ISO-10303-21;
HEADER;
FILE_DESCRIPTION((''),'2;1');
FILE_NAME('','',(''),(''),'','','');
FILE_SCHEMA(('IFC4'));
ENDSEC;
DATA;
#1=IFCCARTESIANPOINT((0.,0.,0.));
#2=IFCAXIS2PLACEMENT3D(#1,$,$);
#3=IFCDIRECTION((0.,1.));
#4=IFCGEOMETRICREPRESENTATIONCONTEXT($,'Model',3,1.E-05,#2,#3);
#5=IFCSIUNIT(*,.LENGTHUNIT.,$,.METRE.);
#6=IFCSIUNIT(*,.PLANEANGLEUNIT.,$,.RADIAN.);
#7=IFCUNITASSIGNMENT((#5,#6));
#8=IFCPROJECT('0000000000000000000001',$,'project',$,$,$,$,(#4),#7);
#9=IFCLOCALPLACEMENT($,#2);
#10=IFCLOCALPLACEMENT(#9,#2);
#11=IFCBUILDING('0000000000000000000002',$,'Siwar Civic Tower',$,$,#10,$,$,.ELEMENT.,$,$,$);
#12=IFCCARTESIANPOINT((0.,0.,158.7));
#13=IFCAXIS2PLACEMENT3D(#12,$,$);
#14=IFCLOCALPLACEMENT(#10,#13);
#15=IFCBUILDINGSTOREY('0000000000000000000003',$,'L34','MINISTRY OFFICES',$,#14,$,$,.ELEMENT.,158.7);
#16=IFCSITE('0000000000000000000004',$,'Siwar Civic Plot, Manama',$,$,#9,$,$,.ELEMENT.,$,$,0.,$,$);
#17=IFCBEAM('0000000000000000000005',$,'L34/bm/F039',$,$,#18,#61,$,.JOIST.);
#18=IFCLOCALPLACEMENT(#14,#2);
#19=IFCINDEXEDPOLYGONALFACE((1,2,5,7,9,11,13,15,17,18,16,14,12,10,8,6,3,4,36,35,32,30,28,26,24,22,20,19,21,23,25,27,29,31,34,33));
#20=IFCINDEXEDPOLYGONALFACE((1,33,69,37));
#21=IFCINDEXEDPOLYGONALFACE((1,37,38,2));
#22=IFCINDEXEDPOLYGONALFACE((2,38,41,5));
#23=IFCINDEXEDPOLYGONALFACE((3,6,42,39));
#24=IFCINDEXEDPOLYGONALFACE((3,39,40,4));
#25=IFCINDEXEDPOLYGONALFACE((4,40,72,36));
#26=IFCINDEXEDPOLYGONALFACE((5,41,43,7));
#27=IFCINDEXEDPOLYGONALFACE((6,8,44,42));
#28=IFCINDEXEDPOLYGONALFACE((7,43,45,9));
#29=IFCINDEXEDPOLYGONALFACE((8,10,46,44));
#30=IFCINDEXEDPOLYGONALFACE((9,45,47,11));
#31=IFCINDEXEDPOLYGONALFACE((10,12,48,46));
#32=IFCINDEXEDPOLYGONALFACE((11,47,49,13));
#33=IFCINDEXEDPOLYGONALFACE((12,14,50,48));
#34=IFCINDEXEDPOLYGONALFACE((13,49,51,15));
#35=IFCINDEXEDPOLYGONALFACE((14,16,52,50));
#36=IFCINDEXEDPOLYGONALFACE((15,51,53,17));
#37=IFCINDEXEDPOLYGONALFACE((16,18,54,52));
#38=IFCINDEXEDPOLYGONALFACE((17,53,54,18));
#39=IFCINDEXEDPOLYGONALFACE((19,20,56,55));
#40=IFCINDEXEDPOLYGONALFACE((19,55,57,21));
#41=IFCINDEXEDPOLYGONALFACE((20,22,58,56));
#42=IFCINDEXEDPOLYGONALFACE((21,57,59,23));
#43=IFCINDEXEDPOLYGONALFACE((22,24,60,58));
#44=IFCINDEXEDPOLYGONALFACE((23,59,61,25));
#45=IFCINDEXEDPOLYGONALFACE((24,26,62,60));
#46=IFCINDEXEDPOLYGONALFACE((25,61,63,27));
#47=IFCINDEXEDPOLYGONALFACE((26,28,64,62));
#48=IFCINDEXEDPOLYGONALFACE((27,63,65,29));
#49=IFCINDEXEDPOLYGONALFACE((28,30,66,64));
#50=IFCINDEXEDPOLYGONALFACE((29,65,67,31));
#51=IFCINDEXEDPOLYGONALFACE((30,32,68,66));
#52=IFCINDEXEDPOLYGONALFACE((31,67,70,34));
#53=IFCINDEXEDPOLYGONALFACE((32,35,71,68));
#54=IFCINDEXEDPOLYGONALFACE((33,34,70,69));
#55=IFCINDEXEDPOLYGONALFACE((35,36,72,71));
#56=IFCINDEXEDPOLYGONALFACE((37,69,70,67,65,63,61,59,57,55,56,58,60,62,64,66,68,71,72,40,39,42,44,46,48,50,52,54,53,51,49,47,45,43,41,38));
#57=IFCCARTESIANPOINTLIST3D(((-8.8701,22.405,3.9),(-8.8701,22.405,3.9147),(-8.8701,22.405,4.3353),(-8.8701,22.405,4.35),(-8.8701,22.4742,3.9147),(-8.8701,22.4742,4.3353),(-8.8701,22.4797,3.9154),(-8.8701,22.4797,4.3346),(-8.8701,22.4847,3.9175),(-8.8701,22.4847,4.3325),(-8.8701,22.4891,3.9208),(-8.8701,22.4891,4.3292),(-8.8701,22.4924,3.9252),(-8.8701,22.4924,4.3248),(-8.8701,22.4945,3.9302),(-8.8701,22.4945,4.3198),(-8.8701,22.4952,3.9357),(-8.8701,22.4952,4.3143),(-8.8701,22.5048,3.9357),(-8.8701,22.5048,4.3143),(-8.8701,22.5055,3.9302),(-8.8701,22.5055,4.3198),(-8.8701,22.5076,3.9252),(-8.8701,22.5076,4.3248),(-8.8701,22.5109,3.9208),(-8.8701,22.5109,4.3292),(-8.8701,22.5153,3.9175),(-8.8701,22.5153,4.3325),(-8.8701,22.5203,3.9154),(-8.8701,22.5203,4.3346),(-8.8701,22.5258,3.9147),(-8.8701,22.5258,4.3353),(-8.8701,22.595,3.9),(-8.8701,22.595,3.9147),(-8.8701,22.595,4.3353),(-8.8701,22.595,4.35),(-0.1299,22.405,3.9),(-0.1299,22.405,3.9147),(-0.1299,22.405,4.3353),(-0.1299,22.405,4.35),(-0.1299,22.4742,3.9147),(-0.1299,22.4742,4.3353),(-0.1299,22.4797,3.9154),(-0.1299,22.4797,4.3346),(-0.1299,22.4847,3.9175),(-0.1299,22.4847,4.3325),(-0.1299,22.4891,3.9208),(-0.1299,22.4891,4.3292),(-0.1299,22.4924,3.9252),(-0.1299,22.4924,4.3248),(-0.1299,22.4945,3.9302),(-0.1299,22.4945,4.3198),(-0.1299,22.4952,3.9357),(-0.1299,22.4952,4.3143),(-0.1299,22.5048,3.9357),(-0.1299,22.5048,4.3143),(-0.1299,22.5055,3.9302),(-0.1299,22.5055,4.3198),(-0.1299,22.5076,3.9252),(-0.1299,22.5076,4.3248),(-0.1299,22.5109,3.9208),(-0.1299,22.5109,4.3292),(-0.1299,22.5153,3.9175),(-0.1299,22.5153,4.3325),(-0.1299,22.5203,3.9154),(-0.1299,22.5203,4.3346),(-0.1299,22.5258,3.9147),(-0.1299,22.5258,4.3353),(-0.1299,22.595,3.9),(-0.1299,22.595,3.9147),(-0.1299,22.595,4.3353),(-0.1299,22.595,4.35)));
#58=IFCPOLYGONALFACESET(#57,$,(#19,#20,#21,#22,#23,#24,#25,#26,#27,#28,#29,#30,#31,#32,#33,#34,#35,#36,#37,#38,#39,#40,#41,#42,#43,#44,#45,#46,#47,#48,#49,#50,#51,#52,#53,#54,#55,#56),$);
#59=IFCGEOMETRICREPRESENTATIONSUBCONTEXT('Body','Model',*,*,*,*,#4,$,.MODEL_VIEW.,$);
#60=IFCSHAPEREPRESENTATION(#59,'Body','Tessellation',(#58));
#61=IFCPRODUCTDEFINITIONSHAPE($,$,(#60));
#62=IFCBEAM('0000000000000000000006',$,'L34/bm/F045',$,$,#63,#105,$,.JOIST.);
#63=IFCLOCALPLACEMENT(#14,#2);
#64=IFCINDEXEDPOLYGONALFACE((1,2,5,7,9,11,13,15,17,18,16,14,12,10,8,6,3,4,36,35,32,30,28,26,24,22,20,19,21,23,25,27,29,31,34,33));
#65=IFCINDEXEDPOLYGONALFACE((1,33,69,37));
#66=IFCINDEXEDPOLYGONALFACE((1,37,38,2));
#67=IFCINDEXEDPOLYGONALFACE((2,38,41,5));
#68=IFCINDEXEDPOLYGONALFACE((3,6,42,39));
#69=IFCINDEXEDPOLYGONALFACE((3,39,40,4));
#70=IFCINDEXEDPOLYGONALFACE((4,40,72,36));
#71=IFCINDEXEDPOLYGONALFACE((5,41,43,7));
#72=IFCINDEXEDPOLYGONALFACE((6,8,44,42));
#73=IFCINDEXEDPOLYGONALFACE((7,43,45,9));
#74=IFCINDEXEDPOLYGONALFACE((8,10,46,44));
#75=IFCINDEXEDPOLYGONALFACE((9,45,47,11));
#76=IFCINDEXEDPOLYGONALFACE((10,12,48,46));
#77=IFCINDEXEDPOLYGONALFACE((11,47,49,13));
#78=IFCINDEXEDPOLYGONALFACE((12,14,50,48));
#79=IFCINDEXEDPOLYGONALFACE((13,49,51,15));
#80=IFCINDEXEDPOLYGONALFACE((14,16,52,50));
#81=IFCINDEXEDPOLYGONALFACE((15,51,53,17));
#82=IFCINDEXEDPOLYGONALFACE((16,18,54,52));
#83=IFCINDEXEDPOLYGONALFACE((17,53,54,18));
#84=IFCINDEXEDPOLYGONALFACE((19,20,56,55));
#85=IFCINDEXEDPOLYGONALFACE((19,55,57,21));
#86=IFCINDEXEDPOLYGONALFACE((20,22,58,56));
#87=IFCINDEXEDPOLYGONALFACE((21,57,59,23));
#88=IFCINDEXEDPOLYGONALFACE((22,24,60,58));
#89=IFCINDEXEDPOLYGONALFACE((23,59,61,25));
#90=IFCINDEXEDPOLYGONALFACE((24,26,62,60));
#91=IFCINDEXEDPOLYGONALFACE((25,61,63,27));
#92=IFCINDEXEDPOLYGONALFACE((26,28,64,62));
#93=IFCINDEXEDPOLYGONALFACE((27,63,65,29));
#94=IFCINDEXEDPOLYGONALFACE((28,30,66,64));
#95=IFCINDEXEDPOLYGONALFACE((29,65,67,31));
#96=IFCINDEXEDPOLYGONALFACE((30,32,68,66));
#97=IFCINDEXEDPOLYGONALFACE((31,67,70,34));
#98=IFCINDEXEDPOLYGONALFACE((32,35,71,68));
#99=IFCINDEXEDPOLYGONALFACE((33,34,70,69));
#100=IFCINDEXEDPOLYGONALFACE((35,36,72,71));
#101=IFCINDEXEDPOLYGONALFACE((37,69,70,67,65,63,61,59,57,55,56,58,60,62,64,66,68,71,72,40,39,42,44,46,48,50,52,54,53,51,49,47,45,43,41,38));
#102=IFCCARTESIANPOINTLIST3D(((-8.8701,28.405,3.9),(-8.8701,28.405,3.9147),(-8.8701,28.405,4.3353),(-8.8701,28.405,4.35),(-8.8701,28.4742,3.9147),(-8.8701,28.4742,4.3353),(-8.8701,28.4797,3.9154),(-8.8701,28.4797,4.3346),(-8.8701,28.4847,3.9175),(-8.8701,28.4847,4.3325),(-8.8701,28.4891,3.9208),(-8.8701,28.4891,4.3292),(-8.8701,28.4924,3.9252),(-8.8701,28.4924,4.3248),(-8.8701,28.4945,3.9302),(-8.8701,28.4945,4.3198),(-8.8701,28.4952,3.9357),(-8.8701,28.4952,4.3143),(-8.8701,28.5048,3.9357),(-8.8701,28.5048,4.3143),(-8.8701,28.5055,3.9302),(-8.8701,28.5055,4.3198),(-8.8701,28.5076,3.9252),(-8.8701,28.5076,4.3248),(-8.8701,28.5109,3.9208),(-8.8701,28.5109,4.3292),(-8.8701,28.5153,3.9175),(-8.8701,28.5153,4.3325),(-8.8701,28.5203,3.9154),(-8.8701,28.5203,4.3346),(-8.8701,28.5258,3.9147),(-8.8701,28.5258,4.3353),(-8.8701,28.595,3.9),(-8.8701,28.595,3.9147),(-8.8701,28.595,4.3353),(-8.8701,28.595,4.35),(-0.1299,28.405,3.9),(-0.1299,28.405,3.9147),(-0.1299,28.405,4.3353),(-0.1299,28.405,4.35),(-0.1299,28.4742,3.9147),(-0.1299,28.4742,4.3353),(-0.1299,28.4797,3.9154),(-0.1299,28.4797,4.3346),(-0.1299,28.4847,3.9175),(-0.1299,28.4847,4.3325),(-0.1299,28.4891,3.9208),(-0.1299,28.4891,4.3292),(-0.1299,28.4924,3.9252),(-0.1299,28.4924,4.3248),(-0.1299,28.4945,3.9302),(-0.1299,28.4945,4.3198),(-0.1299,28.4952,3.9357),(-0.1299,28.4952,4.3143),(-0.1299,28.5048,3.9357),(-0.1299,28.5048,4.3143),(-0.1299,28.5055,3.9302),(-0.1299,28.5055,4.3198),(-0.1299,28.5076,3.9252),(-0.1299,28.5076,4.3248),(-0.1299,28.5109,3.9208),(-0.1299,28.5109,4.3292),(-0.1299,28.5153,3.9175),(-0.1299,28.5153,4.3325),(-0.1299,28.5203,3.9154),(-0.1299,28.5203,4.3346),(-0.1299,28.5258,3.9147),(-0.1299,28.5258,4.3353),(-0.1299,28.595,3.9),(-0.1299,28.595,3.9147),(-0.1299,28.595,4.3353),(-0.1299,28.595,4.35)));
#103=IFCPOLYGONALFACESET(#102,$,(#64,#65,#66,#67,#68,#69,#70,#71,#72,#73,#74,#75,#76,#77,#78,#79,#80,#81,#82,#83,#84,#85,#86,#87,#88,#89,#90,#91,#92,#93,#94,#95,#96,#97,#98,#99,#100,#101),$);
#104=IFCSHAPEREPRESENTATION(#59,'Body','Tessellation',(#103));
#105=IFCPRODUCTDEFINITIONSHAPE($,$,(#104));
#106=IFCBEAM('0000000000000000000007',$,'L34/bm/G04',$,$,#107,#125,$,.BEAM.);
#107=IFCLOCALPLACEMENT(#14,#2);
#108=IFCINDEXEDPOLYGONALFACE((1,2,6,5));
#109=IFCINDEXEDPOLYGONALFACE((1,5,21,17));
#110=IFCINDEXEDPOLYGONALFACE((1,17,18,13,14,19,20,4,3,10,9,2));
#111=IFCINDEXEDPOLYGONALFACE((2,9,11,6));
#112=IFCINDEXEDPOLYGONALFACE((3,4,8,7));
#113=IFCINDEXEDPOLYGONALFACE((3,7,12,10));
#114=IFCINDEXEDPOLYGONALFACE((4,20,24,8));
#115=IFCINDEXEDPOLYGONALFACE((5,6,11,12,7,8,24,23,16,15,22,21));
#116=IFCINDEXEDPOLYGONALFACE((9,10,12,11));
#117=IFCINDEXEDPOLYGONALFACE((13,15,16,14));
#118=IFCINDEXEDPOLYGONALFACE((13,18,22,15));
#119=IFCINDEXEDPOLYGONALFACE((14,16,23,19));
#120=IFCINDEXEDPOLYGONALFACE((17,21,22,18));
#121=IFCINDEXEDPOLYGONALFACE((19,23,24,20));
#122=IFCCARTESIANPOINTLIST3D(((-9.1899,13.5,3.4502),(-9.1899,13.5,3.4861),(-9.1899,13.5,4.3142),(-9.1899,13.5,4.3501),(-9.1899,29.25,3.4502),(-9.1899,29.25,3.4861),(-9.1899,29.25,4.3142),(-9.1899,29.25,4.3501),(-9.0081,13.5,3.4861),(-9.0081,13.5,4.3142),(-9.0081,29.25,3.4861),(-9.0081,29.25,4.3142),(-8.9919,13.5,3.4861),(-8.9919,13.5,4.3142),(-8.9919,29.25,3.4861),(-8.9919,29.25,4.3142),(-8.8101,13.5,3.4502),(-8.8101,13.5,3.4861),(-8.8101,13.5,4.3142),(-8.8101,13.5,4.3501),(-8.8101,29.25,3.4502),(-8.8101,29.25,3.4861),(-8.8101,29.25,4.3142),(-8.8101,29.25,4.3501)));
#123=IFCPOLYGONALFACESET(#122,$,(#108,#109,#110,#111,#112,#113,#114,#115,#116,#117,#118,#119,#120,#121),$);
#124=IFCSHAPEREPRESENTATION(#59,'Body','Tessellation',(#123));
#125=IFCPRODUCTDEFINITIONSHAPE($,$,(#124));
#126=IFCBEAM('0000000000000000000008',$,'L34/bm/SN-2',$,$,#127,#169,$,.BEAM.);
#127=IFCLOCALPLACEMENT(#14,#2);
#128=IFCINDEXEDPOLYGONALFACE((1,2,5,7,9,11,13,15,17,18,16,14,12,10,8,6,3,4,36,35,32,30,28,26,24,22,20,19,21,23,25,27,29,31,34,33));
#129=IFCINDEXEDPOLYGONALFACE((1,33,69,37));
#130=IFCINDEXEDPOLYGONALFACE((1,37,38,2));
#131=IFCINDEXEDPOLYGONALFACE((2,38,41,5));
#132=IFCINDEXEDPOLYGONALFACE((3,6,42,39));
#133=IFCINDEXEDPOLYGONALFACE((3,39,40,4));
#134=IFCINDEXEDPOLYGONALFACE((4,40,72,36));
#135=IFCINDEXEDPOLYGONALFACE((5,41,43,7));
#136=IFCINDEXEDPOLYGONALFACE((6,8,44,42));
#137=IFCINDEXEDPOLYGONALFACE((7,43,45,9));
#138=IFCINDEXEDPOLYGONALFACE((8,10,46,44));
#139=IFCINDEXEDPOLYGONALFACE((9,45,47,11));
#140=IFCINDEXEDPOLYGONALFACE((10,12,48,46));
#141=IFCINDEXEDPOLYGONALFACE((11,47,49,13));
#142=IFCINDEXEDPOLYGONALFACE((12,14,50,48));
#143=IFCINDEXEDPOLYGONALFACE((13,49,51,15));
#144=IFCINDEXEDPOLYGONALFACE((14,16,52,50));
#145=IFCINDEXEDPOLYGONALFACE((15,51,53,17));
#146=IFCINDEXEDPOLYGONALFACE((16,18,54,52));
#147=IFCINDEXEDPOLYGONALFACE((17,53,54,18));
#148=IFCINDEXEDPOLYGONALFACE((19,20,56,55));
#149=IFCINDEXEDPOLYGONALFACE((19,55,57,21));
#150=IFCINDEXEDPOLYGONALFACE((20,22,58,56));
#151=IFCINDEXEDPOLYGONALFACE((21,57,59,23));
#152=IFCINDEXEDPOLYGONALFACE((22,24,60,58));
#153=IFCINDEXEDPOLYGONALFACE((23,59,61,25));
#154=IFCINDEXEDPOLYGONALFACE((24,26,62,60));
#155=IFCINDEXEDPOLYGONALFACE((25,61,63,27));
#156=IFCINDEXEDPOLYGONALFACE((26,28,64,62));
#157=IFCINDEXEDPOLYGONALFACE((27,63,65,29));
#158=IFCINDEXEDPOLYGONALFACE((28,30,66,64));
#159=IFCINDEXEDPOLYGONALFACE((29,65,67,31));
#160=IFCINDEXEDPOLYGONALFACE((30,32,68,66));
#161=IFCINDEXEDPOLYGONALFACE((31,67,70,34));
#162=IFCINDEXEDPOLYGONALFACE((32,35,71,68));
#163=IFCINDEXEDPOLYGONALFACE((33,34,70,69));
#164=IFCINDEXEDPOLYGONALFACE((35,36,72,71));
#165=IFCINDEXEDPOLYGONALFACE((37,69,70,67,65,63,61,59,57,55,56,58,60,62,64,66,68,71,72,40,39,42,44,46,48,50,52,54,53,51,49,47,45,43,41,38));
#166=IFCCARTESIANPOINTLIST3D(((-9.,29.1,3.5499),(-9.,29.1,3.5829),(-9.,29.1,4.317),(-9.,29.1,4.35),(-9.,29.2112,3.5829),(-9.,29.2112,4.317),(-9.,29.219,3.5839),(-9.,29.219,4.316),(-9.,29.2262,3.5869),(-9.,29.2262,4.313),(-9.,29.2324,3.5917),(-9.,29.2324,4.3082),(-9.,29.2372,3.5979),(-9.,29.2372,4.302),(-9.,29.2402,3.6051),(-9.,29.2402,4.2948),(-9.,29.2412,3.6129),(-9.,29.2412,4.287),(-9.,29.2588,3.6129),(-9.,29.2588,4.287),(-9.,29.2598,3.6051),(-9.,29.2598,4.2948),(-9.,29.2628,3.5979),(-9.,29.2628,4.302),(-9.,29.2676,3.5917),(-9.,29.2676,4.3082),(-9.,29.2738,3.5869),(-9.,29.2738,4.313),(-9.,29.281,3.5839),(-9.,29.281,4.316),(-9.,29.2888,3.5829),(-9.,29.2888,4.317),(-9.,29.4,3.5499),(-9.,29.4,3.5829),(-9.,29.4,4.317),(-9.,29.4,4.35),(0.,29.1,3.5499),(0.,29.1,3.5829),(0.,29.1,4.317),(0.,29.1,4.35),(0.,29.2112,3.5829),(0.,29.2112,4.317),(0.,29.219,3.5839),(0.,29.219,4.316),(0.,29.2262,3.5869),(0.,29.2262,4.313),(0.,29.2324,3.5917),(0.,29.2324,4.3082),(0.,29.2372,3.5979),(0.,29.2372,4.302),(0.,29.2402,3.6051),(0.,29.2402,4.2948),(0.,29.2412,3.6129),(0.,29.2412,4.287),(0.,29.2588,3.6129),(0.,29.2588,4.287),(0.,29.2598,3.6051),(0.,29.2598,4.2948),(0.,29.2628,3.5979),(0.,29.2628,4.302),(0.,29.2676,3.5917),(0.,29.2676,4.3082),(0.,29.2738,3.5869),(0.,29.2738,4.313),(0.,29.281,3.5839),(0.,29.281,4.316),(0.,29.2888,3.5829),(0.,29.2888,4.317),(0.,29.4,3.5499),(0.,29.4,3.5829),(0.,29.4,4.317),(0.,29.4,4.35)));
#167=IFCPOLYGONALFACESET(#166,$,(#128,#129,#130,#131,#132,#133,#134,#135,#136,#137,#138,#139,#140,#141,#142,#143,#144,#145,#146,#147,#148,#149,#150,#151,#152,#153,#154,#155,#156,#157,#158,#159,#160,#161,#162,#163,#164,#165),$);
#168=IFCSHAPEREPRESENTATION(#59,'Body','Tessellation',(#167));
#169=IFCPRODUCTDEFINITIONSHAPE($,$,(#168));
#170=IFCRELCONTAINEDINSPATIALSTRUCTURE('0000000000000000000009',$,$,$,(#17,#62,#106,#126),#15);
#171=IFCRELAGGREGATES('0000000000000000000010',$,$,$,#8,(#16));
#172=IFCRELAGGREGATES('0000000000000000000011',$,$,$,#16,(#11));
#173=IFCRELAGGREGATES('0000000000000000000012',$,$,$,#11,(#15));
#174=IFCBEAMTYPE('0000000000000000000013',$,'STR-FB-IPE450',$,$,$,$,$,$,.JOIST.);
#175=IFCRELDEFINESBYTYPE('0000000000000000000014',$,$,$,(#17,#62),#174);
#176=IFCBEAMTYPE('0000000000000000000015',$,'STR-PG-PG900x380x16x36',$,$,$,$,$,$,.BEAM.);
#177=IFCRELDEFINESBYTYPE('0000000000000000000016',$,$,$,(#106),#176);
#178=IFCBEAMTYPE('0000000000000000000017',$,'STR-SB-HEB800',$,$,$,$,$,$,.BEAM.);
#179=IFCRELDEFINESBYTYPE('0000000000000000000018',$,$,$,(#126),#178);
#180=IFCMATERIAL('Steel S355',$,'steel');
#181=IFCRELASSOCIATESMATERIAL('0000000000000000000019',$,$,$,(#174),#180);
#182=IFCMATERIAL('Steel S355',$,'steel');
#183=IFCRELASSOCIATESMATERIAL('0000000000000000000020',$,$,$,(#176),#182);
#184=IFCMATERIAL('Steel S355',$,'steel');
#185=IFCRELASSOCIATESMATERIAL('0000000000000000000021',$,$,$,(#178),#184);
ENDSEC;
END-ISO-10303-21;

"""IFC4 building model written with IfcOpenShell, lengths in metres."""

from ifc_helpers import new_model, si_unit, direction, frame, origin, origin_2d, place, context, subcontext, project, spatial, i_section, extrude, material, material_profile, profile_set, type_object, element, save


model = new_model("IFC4")

# Units and contexts
model_context = context("Model", 3, precision=1e-05, world=origin(), true_north=direction((0.0, 1.0)))
body_context = subcontext(model_context, "Body", "Model", "MODEL_VIEW")
ifc_project = project(units=[si_unit("LENGTHUNIT", "METRE"), si_unit("PLANEANGLEUNIT", "RADIAN")], contexts=[model_context])

# Site, building, storey
site_placement = place(None, origin())
site = spatial("IfcSite", under=ifc_project, at=site_placement, Name="Siwar Civic Plot, Manama", CompositionType="ELEMENT", RefElevation=0.0)
building_placement = place(site_placement, origin())
building = spatial("IfcBuilding", under=site, at=building_placement, Name="Siwar Civic Tower", CompositionType="ELEMENT")
storey_placement = place(building_placement, frame((0.0, 0.0, 158.7)))
storey = spatial("IfcBuildingStorey", under=building, at=storey_placement, Name="L34", Description="MINISTRY OFFICES", CompositionType="ELEMENT", Elevation=158.7)

# Beams
ifc_material_1 = material(Name="Steel S355", Category="steel")
ifc_material_profile_1 = material_profile(ifc_material_1, i_section(OverallWidth=0.1899, OverallDepth=0.45, WebThickness=0.0095, FlangeThickness=0.0146, FilletRadius=0.021, at=origin_2d()), Name="IPE450")
ifc_profile_set_1 = profile_set([ifc_material_profile_1], Name="Steel S355")
beam_type_1 = type_object("IfcBeamType", Name="STR-FB-IPE450", PredefinedType="JOIST", material=ifc_profile_set_1)
for number, where, z_axis, x_axis, name in (
    (1, (-8.8701, 22.5, 4.125), (1.0, 0.0, 0.0), (0.0, 1.0, 0.0), "L34/bm/F039"),
    (2, (-8.8701, 28.5, 4.125), (1.0, 0.0, 0.0), (0.0, 1.0, 0.0), "L34/bm/F045"),
):
    element("IfcBeam", number, at=place(storey_placement, frame(where, z_axis=z_axis, x_axis=x_axis)), inside=storey, type_object=beam_type_1, Name=name, PredefinedType="JOIST", context=body_context, shape_type="SweptSolid", body=[
        extrude(i_section(OverallWidth=0.1899, OverallDepth=0.45, WebThickness=0.0095, FlangeThickness=0.0146, FilletRadius=0.021, at=origin_2d()), origin(), (0.0, 0.0, 1.0), 8.7402),
    ])
ifc_material_2 = material(Name="Steel S355", Category="steel")
ifc_material_profile_2 = material_profile(ifc_material_2, i_section(OverallWidth=0.3799, OverallDepth=0.8999, WebThickness=0.0161, FlangeThickness=0.0359, at=origin_2d()), Name="PG900x380x16x36")
ifc_profile_set_2 = profile_set([ifc_material_profile_2], Name="Steel S355")
beam_type_2 = type_object("IfcBeamType", Name="STR-PG-PG900x380x16x36", PredefinedType="BEAM", material=ifc_profile_set_2)
beam_1_placement = place(storey_placement, frame((-9.0, 13.5, 3.9001), z_axis=(0.0, 1.0, 0.0), x_axis=(-1.0, 0.0, 0.0)))
element("IfcBeam", 3, at=beam_1_placement, inside=storey, type_object=beam_type_2, Name="L34/bm/G04", PredefinedType="BEAM", context=body_context, shape_type="SweptSolid", body=[
    extrude(i_section(OverallWidth=0.3799, OverallDepth=0.8999, WebThickness=0.0161, FlangeThickness=0.0359, at=origin_2d()), origin(), (0.0, 0.0, 1.0), 15.75),
])
ifc_material_3 = material(Name="Steel S355", Category="steel")
ifc_material_profile_3 = material_profile(ifc_material_3, i_section(OverallWidth=0.3, OverallDepth=0.8, WebThickness=0.0176, FlangeThickness=0.033, FilletRadius=0.03, at=origin_2d()), Name="HEB800")
ifc_profile_set_3 = profile_set([ifc_material_profile_3], Name="Steel S355")
beam_type_3 = type_object("IfcBeamType", Name="STR-SB-HEB800", PredefinedType="BEAM", material=ifc_profile_set_3)
for number, where, z_axis, x_axis, name in (
    (4, (0.0, 29.25, 3.95), (-1.0, 0.0, 0.0), (0.0, -1.0, 0.0), "L34/bm/SN-2"),
):
    element("IfcBeam", number, at=place(storey_placement, frame(where, z_axis=z_axis, x_axis=x_axis)), inside=storey, type_object=beam_type_3, Name=name, PredefinedType="BEAM", context=body_context, shape_type="SweptSolid", body=[
        extrude(i_section(OverallWidth=0.3, OverallDepth=0.8, WebThickness=0.0176, FlangeThickness=0.033, FilletRadius=0.03, at=origin_2d()), origin(), (0.0, 0.0, 1.0), 9.0),
    ])

save(model, "model.ifc")
